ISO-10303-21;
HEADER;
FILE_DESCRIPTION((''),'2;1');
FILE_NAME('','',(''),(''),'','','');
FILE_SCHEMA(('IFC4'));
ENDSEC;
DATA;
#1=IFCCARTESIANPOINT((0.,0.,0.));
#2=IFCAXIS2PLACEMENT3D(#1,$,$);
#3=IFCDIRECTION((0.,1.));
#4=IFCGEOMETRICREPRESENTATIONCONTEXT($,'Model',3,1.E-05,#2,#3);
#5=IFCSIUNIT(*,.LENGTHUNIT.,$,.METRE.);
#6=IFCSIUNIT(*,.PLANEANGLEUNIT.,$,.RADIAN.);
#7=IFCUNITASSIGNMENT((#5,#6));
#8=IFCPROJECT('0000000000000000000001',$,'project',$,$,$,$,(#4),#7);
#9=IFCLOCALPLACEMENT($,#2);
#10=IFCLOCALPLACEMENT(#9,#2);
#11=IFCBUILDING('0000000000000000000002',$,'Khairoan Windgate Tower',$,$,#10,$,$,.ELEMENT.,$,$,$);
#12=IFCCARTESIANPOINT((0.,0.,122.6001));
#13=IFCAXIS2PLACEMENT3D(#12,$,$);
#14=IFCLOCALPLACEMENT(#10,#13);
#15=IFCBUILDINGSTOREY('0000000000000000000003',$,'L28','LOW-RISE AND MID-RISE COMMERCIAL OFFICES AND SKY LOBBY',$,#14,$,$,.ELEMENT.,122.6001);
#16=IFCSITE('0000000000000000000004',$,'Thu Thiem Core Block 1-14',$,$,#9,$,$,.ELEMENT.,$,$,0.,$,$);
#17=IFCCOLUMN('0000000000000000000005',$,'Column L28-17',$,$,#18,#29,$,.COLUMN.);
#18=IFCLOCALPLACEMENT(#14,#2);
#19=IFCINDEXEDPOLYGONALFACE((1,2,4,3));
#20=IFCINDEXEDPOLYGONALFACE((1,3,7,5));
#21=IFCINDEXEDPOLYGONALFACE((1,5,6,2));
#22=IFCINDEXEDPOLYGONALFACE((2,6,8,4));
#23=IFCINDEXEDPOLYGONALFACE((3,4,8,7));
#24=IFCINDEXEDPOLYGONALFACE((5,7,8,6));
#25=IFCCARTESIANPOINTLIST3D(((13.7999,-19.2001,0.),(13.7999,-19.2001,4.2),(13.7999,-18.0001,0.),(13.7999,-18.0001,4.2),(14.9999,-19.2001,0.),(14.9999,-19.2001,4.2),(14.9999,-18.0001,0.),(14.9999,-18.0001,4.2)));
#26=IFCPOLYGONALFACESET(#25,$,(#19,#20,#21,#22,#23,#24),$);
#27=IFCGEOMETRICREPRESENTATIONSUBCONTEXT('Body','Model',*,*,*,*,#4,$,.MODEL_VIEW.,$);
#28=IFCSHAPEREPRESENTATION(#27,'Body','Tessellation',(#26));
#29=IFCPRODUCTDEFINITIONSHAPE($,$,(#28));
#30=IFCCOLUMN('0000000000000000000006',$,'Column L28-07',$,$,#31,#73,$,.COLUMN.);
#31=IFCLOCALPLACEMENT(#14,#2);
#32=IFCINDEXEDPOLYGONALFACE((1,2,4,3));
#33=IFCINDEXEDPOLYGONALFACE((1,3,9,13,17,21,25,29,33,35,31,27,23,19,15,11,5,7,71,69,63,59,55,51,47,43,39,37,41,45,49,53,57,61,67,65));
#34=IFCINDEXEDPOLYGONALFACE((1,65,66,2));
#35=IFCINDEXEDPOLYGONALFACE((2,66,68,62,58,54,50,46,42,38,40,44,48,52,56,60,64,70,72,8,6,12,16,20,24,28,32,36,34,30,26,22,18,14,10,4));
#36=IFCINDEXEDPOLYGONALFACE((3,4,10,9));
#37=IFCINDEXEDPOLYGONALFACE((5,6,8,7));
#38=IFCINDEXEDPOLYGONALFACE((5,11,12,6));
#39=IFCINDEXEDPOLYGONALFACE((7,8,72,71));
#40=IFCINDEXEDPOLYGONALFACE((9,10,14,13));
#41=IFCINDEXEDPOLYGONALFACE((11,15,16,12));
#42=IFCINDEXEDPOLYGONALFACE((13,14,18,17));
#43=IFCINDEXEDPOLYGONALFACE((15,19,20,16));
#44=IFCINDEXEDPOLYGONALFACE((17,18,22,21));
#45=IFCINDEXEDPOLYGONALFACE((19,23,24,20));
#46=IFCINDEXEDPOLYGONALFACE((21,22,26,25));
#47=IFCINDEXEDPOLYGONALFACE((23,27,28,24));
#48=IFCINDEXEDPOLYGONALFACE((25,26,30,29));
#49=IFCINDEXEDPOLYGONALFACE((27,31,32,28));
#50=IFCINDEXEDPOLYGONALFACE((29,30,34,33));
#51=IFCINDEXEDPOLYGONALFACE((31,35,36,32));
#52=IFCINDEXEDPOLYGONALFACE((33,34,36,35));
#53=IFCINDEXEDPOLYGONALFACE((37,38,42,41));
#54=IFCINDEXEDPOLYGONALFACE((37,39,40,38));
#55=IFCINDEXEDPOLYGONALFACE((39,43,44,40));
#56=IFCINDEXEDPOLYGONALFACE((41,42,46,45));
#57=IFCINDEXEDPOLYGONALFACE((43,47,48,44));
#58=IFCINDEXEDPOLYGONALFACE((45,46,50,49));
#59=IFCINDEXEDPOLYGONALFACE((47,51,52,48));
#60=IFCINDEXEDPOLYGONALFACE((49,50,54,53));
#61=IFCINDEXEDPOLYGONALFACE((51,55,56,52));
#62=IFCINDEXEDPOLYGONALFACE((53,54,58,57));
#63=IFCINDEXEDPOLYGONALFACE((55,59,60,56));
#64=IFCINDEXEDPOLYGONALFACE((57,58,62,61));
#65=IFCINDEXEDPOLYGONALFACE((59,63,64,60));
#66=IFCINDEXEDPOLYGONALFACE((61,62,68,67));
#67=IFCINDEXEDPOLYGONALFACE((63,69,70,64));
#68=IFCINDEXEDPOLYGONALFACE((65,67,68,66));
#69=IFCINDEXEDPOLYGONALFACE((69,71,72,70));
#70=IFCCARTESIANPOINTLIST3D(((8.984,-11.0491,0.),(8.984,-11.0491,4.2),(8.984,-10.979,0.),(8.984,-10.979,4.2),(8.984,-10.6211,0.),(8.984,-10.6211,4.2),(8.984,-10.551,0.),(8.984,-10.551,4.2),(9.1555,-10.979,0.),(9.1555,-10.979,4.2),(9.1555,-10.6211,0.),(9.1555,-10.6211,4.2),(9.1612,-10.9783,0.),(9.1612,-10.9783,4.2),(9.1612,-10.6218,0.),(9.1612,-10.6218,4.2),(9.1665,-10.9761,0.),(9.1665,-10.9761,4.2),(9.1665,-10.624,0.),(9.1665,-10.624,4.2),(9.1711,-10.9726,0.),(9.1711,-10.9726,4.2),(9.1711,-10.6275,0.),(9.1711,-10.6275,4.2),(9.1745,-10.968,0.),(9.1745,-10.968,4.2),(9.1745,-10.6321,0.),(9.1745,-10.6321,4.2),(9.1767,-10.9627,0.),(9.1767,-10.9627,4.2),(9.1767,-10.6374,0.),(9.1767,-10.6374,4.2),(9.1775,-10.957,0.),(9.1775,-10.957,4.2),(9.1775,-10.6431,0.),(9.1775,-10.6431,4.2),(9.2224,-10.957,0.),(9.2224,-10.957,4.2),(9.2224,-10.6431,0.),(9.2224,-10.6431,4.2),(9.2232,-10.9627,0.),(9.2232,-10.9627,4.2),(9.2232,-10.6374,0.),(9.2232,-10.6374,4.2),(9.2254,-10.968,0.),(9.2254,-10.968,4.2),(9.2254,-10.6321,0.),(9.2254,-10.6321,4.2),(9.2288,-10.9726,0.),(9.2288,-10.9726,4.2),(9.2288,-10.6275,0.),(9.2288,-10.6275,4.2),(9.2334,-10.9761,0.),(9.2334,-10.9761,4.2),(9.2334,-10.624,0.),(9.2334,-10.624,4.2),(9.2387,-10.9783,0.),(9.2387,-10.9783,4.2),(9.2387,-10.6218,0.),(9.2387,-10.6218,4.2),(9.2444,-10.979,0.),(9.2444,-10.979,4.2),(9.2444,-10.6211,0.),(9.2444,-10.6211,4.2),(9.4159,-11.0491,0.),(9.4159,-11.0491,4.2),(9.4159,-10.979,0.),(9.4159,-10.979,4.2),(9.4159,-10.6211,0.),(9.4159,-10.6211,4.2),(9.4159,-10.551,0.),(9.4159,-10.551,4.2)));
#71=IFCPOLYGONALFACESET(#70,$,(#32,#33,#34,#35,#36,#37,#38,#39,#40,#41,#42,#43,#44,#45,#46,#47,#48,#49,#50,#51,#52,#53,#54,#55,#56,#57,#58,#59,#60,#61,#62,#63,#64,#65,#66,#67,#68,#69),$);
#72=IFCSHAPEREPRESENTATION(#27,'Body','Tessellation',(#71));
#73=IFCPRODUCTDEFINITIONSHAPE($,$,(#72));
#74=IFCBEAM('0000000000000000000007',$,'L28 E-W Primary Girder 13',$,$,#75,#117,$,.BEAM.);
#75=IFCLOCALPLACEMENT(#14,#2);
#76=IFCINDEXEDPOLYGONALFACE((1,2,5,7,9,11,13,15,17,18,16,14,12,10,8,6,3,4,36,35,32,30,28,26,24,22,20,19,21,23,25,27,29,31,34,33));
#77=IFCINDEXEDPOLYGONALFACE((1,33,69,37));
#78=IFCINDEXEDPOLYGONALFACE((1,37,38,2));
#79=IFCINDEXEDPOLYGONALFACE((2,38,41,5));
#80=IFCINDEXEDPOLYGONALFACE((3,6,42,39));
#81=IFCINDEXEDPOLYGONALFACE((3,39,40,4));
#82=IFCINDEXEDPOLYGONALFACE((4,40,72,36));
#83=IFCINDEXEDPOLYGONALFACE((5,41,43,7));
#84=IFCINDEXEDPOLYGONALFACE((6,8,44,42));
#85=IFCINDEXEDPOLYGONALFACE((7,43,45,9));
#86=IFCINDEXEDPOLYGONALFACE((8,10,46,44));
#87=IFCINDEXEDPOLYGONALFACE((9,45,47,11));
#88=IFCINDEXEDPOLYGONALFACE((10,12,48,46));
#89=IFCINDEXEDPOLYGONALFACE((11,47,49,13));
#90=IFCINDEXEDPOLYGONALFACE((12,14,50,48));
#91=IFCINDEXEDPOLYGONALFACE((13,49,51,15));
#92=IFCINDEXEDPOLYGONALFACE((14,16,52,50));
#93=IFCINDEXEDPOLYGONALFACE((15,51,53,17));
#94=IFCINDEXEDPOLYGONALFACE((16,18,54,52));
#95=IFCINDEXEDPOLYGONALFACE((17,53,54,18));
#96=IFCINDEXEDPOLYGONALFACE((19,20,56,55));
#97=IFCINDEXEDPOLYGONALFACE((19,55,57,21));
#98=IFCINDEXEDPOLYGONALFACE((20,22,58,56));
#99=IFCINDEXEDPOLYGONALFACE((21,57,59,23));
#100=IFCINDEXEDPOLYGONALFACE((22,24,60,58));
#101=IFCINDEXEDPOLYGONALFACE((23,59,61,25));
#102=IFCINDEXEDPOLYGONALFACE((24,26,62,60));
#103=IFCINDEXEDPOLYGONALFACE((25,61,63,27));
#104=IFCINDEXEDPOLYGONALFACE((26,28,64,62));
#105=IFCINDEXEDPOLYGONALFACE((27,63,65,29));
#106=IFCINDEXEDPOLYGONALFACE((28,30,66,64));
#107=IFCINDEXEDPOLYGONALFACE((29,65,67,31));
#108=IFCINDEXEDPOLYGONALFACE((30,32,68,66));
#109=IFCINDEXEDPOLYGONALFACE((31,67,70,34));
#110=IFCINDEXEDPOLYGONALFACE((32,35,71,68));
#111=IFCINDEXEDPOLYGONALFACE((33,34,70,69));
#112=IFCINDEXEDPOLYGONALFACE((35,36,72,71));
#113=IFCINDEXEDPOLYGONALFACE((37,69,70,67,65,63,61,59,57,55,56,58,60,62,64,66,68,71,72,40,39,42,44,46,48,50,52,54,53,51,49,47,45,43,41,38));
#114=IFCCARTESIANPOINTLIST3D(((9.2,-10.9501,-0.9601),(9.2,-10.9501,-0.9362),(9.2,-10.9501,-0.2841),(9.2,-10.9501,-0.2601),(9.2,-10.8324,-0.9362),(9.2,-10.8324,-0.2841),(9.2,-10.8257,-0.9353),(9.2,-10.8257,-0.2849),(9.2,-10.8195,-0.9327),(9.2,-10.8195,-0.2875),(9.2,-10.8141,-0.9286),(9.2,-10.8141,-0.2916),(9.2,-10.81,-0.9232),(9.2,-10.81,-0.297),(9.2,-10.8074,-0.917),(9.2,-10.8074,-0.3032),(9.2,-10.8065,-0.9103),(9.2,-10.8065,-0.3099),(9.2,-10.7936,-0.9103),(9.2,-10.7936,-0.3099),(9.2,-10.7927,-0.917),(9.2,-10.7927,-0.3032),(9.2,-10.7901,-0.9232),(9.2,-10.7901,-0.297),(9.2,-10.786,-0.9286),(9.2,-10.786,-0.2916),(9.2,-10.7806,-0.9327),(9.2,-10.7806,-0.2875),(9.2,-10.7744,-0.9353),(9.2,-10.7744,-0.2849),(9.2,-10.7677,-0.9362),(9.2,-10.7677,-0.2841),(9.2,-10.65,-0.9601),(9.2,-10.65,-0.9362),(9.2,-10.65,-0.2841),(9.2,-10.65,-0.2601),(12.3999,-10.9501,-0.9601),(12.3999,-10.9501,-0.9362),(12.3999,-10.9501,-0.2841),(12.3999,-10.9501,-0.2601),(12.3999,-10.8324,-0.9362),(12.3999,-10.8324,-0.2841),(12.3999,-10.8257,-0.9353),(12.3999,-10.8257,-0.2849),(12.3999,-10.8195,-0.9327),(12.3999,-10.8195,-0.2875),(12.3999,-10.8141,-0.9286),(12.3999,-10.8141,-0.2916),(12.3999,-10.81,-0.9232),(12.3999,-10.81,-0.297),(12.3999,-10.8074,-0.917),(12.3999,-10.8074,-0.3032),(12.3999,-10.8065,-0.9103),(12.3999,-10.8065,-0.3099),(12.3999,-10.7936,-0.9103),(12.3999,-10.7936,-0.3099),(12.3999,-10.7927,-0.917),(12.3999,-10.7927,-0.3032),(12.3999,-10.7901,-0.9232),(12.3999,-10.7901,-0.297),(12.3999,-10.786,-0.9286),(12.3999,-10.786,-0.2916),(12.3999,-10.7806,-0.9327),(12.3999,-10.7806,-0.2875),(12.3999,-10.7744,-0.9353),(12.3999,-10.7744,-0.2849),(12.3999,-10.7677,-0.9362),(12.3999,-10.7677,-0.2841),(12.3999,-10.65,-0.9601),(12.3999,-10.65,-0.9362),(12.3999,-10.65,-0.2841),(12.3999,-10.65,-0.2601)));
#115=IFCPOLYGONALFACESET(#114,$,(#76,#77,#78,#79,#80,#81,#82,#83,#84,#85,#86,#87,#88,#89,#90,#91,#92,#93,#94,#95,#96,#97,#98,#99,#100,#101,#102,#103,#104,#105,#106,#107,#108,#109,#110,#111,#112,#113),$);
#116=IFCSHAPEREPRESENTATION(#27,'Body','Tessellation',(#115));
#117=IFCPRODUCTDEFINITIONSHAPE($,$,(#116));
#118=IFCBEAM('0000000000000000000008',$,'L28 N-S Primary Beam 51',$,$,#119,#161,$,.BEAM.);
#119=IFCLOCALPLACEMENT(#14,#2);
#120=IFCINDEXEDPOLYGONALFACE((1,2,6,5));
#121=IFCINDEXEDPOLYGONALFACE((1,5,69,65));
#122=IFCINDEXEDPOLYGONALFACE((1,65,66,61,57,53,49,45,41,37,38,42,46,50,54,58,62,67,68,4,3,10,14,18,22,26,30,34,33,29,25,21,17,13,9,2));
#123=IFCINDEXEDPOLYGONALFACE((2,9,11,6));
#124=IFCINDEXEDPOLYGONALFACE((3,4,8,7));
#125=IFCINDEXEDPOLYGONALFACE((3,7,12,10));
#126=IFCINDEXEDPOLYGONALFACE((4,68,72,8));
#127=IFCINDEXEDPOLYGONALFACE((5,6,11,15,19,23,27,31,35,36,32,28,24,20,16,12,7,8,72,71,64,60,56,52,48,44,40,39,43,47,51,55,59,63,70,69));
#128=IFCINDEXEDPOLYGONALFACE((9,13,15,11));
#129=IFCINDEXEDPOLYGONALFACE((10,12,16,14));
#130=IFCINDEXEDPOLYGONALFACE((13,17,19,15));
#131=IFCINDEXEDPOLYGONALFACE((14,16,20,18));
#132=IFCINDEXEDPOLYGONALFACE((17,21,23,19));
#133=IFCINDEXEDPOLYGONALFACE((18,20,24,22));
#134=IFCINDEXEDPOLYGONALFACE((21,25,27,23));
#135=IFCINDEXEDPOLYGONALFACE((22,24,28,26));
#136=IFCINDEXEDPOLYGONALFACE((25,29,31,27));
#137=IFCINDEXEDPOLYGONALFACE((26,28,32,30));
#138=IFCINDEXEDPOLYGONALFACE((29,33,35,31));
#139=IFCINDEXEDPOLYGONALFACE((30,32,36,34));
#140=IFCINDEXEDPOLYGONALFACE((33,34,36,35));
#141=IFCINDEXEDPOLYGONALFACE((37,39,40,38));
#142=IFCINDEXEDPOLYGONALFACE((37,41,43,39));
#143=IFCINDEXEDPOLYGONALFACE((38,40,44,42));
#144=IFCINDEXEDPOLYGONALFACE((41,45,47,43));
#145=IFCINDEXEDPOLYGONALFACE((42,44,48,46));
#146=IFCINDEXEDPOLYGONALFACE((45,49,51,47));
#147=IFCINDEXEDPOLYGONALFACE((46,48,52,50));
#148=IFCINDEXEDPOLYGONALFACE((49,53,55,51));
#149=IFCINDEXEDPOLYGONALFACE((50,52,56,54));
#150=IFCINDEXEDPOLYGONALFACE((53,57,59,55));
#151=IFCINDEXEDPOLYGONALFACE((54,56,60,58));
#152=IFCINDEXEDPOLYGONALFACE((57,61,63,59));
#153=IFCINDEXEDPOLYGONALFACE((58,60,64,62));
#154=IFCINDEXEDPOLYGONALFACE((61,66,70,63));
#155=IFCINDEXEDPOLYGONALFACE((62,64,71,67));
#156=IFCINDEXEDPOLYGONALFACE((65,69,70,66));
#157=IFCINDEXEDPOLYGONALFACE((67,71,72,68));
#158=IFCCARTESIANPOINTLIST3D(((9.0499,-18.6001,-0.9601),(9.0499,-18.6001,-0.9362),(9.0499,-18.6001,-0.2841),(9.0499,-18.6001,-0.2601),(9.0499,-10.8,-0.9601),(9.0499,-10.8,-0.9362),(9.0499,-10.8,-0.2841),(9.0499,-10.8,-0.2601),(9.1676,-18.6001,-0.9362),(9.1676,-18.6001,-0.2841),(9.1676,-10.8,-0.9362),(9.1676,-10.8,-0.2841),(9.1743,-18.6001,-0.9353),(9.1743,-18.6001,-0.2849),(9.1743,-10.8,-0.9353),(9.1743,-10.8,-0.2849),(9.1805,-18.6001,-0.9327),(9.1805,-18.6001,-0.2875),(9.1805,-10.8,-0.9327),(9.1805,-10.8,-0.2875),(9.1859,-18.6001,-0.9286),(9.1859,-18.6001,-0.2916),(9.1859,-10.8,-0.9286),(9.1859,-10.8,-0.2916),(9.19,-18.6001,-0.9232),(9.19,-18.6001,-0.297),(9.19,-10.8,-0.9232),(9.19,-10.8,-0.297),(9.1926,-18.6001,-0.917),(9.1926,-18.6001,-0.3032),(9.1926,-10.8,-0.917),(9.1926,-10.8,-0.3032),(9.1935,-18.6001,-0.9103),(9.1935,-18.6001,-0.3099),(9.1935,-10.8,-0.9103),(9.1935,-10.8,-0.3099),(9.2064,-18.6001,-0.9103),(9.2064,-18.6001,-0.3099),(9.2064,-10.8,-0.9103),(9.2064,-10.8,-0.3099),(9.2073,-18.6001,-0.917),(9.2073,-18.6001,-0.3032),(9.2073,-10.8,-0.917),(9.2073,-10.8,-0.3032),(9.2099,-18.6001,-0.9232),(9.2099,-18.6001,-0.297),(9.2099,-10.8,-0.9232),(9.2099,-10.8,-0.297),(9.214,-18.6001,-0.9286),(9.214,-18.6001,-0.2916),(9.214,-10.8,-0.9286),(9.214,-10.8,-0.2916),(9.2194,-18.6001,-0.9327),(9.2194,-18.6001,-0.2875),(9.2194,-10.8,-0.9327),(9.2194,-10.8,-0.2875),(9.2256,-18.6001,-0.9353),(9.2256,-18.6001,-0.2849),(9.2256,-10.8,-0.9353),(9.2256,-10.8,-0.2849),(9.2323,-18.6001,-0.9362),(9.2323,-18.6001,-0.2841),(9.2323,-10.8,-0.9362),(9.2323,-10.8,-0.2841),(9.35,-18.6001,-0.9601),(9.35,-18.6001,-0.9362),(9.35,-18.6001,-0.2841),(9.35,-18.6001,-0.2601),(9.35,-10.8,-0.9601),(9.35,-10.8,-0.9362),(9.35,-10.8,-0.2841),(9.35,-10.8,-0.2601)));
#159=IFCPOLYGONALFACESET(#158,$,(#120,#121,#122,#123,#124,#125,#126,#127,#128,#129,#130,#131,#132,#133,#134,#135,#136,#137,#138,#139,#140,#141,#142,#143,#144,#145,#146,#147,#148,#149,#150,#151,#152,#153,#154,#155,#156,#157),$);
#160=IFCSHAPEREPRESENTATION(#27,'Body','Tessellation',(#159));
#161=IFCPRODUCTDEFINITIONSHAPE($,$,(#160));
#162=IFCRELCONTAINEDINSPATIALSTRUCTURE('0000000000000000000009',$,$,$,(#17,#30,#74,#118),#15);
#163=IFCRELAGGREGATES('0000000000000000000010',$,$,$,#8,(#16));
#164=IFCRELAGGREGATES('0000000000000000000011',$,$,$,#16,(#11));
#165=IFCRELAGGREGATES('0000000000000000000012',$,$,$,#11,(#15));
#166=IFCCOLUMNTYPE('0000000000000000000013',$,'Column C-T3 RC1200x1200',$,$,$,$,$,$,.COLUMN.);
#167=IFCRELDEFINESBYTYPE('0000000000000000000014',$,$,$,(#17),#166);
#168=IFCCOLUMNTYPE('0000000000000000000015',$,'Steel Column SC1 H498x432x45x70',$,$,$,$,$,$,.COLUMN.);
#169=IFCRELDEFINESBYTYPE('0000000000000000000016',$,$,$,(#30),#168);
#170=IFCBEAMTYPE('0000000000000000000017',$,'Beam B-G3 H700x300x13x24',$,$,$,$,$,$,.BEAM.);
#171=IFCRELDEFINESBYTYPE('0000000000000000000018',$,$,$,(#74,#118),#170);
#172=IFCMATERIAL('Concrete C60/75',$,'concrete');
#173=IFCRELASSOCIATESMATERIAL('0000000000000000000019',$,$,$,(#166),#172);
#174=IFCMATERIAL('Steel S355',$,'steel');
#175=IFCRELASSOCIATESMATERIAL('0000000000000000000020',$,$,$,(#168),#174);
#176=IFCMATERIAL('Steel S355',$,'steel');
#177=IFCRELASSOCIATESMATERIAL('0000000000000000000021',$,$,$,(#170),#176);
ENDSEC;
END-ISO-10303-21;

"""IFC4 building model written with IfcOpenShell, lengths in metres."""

from ifc_helpers import new_model, si_unit, direction, frame, origin, origin_2d, place, context, subcontext, project, spatial, rectangle, i_section, extrude, material, material_profile, profile_set, type_object, element, save


model = new_model("IFC4")

# Units and contexts
model_context = context("Model", 3, precision=1e-05, world=origin(), true_north=direction((0.0, 1.0)))
body_context = subcontext(model_context, "Body", "Model", "MODEL_VIEW")
ifc_project = project(units=[si_unit("LENGTHUNIT", "METRE"), si_unit("PLANEANGLEUNIT", "RADIAN")], contexts=[model_context])

# Site, building, storey
site_placement = place(None, origin())
site = spatial("IfcSite", under=ifc_project, at=site_placement, Name="Thu Thiem Core Block 1-14", CompositionType="ELEMENT", RefElevation=0.0)
building_placement = place(site_placement, origin())
building = spatial("IfcBuilding", under=site, at=building_placement, Name="Khairoan Windgate Tower", CompositionType="ELEMENT")
storey_placement = place(building_placement, frame((0.0, 0.0, 122.6001)))
storey = spatial("IfcBuildingStorey", under=building, at=storey_placement, Name="L28", Description="LOW-RISE AND MID-RISE COMMERCIAL OFFICES AND SKY LOBBY", CompositionType="ELEMENT", Elevation=122.6001)

# Columns
ifc_material_1 = material(Name="Concrete C60/75", Category="concrete")
ifc_material_profile_1 = material_profile(ifc_material_1, rectangle(XDim=1.2, YDim=1.2, at=origin_2d()))
ifc_profile_set_1 = profile_set([ifc_material_profile_1], Name="Concrete C60/75")
column_type_1 = type_object("IfcColumnType", Name="Column C-T3 RC1200x1200", PredefinedType="COLUMN", material=ifc_profile_set_1)
column_1_placement = place(storey_placement, frame((14.3999, -18.6001, 0.0), z_axis=(0.0, 0.0, 1.0), x_axis=(1.0, 0.0, 0.0)))
element("IfcColumn", 1, at=column_1_placement, inside=storey, type_object=column_type_1, Name="Column L28-17", PredefinedType="COLUMN", context=body_context, shape_type="SweptSolid", body=[
    extrude(rectangle(XDim=1.2, YDim=1.2, at=origin_2d()), origin(), (0.0, 0.0, 1.0), 4.2),
])
ifc_material_2 = material(Name="Steel S355", Category="steel")
ifc_material_profile_2 = material_profile(ifc_material_2, i_section(OverallWidth=0.4319, OverallDepth=0.498, WebThickness=0.0449, FlangeThickness=0.0701, FilletRadius=0.022, at=origin_2d()))
ifc_profile_set_2 = profile_set([ifc_material_profile_2], Name="Steel S355")
column_type_2 = type_object("IfcColumnType", Name="Steel Column SC1 H498x432x45x70", PredefinedType="COLUMN", material=ifc_profile_set_2)
column_2_placement = place(storey_placement, frame((9.2, -10.8, 0.0), z_axis=(0.0, 0.0, 1.0), x_axis=(1.0, 0.0, 0.0)))
element("IfcColumn", 2, at=column_2_placement, inside=storey, type_object=column_type_2, Name="Column L28-07", PredefinedType="COLUMN", context=body_context, shape_type="SweptSolid", body=[
    extrude(i_section(OverallWidth=0.4319, OverallDepth=0.498, WebThickness=0.0449, FlangeThickness=0.0701, FilletRadius=0.022, at=origin_2d()), origin(), (0.0, 0.0, 1.0), 4.2),
])

# Beams
ifc_material_3 = material(Name="Steel S355", Category="steel")
ifc_material_profile_3 = material_profile(ifc_material_3, i_section(OverallWidth=0.3, OverallDepth=0.7, WebThickness=0.0129, FlangeThickness=0.0239, FilletRadius=0.0259, at=origin_2d()))
ifc_profile_set_3 = profile_set([ifc_material_profile_3], Name="Steel S355")
beam_type_1 = type_object("IfcBeamType", Name="Beam B-G3 H700x300x13x24", PredefinedType="BEAM", material=ifc_profile_set_3)
beam_1_placement = place(storey_placement, frame((9.2, -10.8, -0.6101), z_axis=(1.0, 0.0, 0.0), x_axis=(0.0, 1.0, 0.0)))
element("IfcBeam", 3, at=beam_1_placement, inside=storey, type_object=beam_type_1, Name="L28 E-W Primary Girder 13", PredefinedType="BEAM", context=body_context, shape_type="SweptSolid", body=[
    extrude(i_section(OverallWidth=0.3, OverallDepth=0.7, WebThickness=0.0129, FlangeThickness=0.0239, FilletRadius=0.0259, at=origin_2d()), origin(), (0.0, 0.0, 1.0), 3.2),
])
beam_2_placement = place(storey_placement, frame((9.2, -18.6001, -0.6101), z_axis=(0.0, 1.0, 0.0), x_axis=(-1.0, 0.0, 0.0)))
element("IfcBeam", 4, at=beam_2_placement, inside=storey, type_object=beam_type_1, Name="L28 N-S Primary Beam 51", PredefinedType="BEAM", context=body_context, shape_type="SweptSolid", body=[
    extrude(i_section(OverallWidth=0.3, OverallDepth=0.7, WebThickness=0.0129, FlangeThickness=0.0239, FilletRadius=0.0259, at=origin_2d()), origin(), (0.0, 0.0, 1.0), 7.8),
])

save(model, "model.ifc")
